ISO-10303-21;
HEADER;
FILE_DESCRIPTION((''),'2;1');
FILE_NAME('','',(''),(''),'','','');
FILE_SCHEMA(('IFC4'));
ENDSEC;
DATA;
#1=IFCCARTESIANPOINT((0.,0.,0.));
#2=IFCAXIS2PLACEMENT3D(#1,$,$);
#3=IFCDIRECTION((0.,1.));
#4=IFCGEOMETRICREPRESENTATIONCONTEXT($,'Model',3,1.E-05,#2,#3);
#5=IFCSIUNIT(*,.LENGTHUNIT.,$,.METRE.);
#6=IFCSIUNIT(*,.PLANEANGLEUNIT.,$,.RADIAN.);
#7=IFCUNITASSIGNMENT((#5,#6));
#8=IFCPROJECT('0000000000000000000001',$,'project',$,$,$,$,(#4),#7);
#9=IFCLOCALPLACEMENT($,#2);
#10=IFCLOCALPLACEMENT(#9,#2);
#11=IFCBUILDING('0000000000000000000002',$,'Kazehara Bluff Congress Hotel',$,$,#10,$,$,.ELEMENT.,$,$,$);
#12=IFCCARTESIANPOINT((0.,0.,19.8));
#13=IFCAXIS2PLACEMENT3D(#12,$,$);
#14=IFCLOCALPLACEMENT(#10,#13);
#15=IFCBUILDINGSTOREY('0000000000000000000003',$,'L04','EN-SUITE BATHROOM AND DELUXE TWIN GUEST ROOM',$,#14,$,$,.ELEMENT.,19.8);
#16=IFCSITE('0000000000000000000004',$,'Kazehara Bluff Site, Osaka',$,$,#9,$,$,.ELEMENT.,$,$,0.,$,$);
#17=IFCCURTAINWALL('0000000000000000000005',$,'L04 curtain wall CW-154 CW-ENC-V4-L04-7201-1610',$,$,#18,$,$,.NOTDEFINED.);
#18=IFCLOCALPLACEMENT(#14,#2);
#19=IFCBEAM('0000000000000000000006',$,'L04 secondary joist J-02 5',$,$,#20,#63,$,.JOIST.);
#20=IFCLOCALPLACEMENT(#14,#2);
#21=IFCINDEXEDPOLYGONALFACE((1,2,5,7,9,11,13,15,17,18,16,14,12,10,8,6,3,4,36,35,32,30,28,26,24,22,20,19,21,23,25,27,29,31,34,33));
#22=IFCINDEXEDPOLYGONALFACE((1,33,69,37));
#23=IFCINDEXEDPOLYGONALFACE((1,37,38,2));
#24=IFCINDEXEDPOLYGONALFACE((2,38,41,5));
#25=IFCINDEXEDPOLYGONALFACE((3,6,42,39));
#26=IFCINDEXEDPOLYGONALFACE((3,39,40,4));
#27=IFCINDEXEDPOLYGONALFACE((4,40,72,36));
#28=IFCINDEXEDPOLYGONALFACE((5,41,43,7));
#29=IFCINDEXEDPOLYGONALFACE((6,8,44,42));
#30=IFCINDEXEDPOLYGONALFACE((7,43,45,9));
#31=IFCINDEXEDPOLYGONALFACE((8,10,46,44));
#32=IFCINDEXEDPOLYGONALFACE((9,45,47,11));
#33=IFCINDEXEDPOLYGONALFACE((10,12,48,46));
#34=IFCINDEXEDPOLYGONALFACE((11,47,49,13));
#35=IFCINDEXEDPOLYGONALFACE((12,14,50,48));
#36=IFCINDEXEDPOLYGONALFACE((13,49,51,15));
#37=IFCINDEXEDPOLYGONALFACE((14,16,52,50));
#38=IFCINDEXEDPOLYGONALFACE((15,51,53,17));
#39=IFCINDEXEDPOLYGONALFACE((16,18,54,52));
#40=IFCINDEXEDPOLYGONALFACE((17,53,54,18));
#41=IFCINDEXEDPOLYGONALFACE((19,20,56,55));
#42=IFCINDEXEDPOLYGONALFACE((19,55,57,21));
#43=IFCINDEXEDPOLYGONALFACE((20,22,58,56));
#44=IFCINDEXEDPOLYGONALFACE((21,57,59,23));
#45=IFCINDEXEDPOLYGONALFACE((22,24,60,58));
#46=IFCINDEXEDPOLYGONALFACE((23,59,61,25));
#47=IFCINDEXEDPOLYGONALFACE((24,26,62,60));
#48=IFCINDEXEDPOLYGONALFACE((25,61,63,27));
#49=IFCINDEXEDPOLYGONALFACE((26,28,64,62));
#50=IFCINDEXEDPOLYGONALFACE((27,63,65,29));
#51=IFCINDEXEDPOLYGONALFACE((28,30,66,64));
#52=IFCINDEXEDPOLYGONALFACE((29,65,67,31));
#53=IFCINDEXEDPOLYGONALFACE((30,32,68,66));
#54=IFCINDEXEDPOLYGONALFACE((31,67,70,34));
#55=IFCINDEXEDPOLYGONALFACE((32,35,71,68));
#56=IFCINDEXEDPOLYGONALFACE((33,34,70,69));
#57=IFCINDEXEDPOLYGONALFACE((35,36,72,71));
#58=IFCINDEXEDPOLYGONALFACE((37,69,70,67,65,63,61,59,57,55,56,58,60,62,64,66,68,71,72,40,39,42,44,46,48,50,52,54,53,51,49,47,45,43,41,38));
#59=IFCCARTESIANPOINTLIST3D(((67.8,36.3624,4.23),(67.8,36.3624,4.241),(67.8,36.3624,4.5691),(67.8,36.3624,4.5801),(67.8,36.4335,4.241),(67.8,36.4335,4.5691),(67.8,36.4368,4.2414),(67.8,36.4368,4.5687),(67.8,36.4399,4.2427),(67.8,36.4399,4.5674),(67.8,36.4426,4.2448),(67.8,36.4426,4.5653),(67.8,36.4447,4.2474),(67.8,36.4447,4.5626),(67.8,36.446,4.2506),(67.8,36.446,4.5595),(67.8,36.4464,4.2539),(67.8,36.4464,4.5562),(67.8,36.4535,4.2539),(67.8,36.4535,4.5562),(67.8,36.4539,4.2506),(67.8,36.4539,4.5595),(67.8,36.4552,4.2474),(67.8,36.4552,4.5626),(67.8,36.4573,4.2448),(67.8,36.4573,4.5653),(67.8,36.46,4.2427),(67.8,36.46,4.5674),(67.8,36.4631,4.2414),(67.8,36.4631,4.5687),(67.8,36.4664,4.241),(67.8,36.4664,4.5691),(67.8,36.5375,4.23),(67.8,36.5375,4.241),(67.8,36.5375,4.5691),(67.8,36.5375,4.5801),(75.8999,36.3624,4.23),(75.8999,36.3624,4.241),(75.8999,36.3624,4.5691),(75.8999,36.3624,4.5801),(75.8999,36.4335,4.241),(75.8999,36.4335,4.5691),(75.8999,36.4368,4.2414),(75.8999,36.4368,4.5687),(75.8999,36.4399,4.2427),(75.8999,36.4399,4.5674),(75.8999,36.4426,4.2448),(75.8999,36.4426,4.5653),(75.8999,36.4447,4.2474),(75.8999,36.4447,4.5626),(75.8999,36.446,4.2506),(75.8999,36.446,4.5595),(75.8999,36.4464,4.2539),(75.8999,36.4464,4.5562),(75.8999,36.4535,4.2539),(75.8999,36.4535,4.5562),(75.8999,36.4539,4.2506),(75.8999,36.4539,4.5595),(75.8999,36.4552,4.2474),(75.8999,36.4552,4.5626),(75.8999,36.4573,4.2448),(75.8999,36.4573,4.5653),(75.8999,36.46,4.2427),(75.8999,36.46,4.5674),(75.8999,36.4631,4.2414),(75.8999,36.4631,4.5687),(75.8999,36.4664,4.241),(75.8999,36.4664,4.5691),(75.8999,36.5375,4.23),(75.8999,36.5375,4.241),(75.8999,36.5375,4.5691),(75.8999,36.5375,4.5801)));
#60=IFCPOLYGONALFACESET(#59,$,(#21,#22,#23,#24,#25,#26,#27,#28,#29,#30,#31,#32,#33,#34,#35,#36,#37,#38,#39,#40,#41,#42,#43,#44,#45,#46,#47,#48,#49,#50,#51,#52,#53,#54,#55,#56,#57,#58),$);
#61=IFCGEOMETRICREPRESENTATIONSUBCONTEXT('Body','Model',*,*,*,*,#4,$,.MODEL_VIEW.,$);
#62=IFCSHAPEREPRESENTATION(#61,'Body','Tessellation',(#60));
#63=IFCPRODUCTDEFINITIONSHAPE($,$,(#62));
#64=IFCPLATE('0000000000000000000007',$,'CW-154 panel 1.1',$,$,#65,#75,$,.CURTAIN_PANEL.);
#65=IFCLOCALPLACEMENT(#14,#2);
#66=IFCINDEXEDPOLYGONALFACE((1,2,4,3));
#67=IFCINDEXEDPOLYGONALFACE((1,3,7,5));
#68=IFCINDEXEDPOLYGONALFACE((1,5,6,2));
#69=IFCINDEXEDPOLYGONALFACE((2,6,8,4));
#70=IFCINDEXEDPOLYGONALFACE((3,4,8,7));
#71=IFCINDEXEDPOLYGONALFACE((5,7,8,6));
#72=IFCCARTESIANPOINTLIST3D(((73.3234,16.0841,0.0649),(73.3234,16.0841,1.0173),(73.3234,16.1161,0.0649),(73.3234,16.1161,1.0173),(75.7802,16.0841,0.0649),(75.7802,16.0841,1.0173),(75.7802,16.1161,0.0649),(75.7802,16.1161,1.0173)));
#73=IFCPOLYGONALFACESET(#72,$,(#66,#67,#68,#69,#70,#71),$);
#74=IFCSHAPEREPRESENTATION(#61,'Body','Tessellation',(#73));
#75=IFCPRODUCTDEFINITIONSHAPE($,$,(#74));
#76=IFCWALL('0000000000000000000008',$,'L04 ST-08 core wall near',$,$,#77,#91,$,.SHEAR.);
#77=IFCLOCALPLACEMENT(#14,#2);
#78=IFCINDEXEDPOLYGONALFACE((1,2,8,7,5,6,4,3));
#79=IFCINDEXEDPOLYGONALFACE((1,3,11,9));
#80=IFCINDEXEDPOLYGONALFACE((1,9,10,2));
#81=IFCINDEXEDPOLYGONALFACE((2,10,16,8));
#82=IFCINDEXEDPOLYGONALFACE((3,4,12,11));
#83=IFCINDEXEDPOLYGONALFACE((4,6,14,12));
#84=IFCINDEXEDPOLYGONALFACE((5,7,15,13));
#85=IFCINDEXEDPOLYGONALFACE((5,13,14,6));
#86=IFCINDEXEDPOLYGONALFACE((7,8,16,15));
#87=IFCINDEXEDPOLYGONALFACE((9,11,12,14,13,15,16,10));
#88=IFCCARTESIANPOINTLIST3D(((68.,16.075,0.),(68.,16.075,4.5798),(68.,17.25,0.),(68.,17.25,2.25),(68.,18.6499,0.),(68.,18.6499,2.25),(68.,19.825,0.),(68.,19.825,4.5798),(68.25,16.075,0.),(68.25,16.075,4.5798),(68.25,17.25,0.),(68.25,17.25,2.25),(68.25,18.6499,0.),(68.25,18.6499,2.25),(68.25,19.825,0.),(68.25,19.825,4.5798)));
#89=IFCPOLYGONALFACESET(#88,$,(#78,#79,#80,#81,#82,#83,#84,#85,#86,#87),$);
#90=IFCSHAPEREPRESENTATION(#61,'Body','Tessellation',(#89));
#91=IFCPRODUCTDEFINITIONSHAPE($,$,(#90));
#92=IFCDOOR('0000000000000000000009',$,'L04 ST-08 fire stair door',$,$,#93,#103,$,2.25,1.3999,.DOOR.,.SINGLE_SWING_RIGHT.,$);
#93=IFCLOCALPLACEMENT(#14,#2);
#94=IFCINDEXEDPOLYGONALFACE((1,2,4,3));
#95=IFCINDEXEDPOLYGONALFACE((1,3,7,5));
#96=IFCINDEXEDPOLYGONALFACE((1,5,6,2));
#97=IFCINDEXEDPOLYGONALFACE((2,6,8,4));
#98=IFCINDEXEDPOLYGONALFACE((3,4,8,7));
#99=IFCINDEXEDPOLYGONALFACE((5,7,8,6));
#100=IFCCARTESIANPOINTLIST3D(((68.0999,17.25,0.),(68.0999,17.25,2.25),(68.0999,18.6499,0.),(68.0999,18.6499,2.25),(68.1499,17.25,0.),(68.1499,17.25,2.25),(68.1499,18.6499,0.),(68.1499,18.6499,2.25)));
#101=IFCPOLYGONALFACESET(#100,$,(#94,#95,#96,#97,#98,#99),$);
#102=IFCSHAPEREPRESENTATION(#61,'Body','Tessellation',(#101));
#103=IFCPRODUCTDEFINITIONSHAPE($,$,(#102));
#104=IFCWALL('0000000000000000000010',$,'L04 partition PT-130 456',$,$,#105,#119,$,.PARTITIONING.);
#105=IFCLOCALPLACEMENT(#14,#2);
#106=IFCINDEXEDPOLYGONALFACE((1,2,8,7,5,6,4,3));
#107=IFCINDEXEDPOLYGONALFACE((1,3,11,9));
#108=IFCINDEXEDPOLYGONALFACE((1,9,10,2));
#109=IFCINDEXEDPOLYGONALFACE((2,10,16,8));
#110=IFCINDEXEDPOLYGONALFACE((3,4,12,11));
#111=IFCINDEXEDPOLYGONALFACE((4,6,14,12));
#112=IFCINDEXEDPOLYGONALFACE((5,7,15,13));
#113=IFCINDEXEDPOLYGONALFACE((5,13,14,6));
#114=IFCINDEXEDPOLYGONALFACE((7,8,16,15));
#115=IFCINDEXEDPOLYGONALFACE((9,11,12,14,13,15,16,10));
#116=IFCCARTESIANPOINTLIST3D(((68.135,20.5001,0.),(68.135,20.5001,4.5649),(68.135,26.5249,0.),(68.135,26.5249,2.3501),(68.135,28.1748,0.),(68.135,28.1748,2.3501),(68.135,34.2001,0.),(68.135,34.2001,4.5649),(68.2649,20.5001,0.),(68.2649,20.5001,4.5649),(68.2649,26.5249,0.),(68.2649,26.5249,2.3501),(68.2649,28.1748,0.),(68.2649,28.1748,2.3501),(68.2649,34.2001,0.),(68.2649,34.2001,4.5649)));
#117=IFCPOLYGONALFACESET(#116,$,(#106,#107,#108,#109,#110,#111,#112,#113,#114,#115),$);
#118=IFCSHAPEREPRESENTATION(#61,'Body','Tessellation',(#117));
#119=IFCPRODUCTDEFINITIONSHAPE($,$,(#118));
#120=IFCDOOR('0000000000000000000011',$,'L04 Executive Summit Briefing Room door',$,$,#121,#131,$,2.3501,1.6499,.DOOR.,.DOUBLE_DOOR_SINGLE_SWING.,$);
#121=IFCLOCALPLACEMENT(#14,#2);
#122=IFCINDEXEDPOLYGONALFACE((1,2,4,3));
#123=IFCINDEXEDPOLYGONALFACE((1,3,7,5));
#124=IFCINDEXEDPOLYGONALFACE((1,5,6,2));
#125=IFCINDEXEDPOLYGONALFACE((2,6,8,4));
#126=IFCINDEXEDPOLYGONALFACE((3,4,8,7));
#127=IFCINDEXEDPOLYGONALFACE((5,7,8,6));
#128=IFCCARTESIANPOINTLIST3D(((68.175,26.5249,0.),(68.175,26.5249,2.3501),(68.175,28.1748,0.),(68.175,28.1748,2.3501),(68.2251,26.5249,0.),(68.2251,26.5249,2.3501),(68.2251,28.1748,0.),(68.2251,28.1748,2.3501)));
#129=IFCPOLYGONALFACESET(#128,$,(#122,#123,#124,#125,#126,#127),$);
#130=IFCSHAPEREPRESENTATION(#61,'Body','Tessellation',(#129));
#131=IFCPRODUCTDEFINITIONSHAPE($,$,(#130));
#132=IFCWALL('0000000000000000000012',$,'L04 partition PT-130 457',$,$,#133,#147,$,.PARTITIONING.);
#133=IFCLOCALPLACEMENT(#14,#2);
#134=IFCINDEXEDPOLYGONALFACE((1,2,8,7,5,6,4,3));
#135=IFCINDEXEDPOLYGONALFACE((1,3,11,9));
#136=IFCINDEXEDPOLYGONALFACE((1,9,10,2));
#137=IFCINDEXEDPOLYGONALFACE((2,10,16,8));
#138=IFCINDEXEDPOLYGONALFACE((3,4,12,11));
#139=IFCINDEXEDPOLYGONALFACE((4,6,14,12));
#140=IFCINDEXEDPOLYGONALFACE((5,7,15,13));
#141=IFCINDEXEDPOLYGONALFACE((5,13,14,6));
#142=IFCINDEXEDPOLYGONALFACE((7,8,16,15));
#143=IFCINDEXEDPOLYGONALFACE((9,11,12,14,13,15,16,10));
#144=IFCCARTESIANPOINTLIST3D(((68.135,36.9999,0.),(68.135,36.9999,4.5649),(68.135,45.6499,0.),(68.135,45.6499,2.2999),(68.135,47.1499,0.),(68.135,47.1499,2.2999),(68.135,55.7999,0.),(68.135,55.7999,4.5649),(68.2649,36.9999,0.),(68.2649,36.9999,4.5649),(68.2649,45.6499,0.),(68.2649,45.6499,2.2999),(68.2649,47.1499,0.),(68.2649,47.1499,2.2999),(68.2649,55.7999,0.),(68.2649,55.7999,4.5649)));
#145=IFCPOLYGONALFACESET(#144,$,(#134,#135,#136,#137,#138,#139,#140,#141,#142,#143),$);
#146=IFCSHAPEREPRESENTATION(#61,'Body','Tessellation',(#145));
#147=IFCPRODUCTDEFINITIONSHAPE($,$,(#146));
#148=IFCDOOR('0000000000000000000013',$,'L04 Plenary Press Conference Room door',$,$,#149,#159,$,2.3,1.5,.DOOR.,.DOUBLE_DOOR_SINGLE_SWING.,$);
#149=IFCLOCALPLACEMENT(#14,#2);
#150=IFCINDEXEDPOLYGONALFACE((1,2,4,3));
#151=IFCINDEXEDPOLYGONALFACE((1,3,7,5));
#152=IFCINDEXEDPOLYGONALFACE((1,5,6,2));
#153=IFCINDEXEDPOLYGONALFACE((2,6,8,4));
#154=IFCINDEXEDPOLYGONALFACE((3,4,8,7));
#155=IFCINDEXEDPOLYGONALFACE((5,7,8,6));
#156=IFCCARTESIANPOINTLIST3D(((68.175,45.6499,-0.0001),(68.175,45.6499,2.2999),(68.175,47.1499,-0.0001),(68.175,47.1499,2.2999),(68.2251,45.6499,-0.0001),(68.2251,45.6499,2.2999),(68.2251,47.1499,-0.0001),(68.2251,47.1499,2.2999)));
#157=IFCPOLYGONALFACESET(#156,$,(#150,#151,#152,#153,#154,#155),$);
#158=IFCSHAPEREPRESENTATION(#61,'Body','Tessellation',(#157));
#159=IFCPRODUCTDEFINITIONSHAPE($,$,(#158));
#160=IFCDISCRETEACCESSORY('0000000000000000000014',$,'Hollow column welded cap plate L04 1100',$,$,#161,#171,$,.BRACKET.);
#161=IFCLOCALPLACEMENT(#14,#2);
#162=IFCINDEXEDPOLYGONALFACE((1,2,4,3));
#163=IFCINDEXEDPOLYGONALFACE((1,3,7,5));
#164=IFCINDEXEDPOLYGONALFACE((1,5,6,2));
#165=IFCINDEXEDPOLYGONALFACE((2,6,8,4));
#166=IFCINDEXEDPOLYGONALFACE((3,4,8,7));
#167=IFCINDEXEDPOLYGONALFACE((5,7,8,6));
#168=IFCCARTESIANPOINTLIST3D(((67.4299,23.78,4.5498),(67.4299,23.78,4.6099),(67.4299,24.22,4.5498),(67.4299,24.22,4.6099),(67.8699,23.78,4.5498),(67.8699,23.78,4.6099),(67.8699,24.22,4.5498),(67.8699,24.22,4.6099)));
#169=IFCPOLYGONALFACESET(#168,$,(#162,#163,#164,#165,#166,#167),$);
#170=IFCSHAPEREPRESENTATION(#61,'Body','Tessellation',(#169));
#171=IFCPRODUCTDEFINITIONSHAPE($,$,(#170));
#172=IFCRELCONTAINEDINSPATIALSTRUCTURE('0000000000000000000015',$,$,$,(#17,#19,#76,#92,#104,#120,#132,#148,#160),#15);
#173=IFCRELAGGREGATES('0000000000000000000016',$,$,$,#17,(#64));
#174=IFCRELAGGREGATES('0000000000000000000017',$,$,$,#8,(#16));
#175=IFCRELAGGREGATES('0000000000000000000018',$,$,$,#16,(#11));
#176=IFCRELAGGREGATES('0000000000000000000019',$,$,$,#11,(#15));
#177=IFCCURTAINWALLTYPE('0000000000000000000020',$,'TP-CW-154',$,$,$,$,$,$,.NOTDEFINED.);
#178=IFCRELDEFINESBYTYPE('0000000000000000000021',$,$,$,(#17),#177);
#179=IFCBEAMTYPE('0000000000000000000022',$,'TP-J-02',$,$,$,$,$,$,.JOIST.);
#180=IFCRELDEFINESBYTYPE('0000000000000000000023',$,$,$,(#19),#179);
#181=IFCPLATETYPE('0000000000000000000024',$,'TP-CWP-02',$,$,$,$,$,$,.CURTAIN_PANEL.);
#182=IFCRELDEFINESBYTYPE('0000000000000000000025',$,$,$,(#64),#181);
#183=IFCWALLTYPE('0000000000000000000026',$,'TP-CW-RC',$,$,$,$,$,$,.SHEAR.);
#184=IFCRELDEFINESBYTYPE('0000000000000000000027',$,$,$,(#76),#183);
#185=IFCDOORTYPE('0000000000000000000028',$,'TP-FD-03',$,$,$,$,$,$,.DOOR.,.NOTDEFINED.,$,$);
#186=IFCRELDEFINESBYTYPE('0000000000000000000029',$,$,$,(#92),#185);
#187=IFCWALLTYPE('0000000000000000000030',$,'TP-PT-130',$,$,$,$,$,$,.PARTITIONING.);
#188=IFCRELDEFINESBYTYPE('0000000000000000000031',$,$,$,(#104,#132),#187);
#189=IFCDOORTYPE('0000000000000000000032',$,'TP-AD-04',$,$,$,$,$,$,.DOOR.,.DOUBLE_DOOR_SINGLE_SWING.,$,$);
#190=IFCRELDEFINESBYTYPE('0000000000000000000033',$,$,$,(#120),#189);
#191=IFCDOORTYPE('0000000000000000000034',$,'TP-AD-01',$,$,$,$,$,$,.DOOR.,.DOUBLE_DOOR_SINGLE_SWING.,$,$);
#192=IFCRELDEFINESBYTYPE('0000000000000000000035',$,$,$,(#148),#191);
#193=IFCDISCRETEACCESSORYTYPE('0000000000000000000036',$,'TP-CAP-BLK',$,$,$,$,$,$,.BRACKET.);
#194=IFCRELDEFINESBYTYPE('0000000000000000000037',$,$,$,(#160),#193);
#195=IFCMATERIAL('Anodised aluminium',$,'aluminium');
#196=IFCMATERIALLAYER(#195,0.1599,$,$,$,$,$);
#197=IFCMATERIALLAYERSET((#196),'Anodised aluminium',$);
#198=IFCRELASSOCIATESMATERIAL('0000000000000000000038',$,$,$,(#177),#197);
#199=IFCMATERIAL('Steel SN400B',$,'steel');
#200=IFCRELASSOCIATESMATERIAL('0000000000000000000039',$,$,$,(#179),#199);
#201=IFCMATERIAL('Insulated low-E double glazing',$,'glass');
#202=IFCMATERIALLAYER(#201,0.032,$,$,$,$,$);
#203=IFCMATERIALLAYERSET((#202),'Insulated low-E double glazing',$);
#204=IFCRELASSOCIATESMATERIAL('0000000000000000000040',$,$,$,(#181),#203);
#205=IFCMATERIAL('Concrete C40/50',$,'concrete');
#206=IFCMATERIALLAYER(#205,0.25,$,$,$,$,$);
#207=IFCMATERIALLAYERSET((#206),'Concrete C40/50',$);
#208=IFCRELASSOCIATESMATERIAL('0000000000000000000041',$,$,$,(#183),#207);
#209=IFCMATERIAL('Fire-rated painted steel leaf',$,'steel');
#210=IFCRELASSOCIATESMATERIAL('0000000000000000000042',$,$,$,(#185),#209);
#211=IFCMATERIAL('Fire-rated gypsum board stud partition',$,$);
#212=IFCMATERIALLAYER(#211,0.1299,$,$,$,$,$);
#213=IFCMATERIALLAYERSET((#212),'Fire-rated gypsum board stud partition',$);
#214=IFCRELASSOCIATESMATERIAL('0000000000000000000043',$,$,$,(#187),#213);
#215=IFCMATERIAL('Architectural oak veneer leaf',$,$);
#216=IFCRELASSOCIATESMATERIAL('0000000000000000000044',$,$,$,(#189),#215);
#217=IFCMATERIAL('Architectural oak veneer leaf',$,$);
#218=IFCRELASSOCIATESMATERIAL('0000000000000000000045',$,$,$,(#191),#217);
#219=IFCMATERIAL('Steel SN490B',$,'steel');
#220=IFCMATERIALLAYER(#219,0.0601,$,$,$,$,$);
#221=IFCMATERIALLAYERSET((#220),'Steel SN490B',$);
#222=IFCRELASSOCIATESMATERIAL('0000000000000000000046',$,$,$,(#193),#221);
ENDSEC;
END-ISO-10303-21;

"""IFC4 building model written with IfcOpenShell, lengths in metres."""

from ifc_helpers import new_model, si_unit, direction, frame, frame_2d, origin, origin_2d, place, context, subcontext, project, spatial, rectangle, i_section, extrude, material, layer, layer_set, material_profile, profile_set, type_object, element, fill, aggregate, save


model = new_model("IFC4")

# Units and contexts
model_context = context("Model", 3, precision=1e-05, world=origin(), true_north=direction((0.0, 1.0)))
body_context = subcontext(model_context, "Body", "Model", "MODEL_VIEW")
ifc_project = project(units=[si_unit("LENGTHUNIT", "METRE"), si_unit("PLANEANGLEUNIT", "RADIAN")], contexts=[model_context])

# Site, building, storey
site_placement = place(None, origin())
site = spatial("IfcSite", under=ifc_project, at=site_placement, Name="Kazehara Bluff Site, Osaka", CompositionType="ELEMENT", RefElevation=0.0)
building_placement = place(site_placement, origin())
building = spatial("IfcBuilding", under=site, at=building_placement, Name="Kazehara Bluff Congress Hotel", CompositionType="ELEMENT")
storey_placement = place(building_placement, frame((0.0, 0.0, 19.8)))
storey = spatial("IfcBuildingStorey", under=building, at=storey_placement, Name="L04", Description="EN-SUITE BATHROOM AND DELUXE TWIN GUEST ROOM", CompositionType="ELEMENT", Elevation=19.8)

# Curtain wall
ifc_material_1 = material(Name="Anodised aluminium", Category="aluminium")
ifc_layer_1 = layer(ifc_material_1, 0.1599)
ifc_layer_set_1 = layer_set([ifc_layer_1], Name="Anodised aluminium")
curtain_wall_type = type_object("IfcCurtainWallType", Name="TP-CW-154", PredefinedType="NOTDEFINED", material=ifc_layer_set_1)
curtain_wall_placement = place(storey_placement, origin())
curtain_wall = element("IfcCurtainWall", 1, at=curtain_wall_placement, inside=storey, type_object=curtain_wall_type, Name="L04 curtain wall CW-154 CW-ENC-V4-L04-7201-1610", PredefinedType="NOTDEFINED")

# Beam
ifc_material_2 = material(Name="Steel SN400B", Category="steel")
ifc_material_profile_1 = material_profile(ifc_material_2, i_section(OverallWidth=0.175, OverallDepth=0.3501, WebThickness=0.0071, FlangeThickness=0.011, FilletRadius=0.0129, at=origin_2d()))
ifc_profile_set_1 = profile_set([ifc_material_profile_1], Name="Steel SN400B")
beam_type_1 = type_object("IfcBeamType", Name="TP-J-02", PredefinedType="JOIST", material=ifc_profile_set_1)
for number, where, z_axis, x_axis, name in (
    (2, (67.8, 36.45, 4.405), (1.0, 0.0, 0.0), (0.0, 1.0, 0.0), "L04 secondary joist J-02 5"),
):
    element("IfcBeam", number, at=place(storey_placement, frame(where, z_axis=z_axis, x_axis=x_axis)), inside=storey, type_object=beam_type_1, Name=name, PredefinedType="JOIST", context=body_context, shape_type="SweptSolid", body=[
        extrude(i_section(OverallWidth=0.175, OverallDepth=0.3501, WebThickness=0.0071, FlangeThickness=0.011, FilletRadius=0.0129, at=origin_2d()), origin(), (0.0, 0.0, 1.0), 8.0999),
    ])

# Plate
ifc_material_3 = material(Name="Insulated low-E double glazing", Category="glass")
ifc_layer_2 = layer(ifc_material_3, 0.032)
ifc_layer_set_2 = layer_set([ifc_layer_2], Name="Insulated low-E double glazing")
plate_type = type_object("IfcPlateType", Name="TP-CWP-02", PredefinedType="CURTAIN_PANEL", material=ifc_layer_set_2)
plate_placement = place(storey_placement, frame((74.5518, 16.1001, 0.0649), z_axis=(0.0, 0.0, 1.0), x_axis=(-1.0, 0.0, 0.0)))
plate = element("IfcPlate", 3, at=plate_placement, type_object=plate_type, Name="CW-154 panel 1.1", PredefinedType="CURTAIN_PANEL", context=body_context, shape_type="SweptSolid", body=[
    extrude(rectangle(XDim=2.4568, YDim=0.032, at=origin_2d()), origin(), (0.0, 0.0, 1.0), 0.9524),
])
aggregate(curtain_wall, [plate])

# Walls, openings, doors
ifc_material_4 = material(Name="Concrete C40/50", Category="concrete")
ifc_layer_3 = layer(ifc_material_4, 0.25)
ifc_layer_set_3 = layer_set([ifc_layer_3], Name="Concrete C40/50")
wall_type_1 = type_object("IfcWallType", Name="TP-CW-RC", PredefinedType="SHEAR", material=ifc_layer_set_3)
wall_1_placement = place(storey_placement, frame((68.125, 19.825, 0.0), z_axis=(0.0, 0.0, 1.0), x_axis=(0.0, -1.0, 0.0)))
wall_1 = element("IfcWall", 4, at=wall_1_placement, inside=storey, type_object=wall_type_1, Name="L04 ST-08 core wall near", PredefinedType="SHEAR", context=body_context, shape_type="SweptSolid", body=[
    extrude(rectangle(XDim=3.75, YDim=0.25, at=frame_2d((1.875, 0.0))), origin(), (0.0, 0.0, 1.0), 4.5798),
])
opening_1_placement = place(wall_1_placement, frame((1.175, 0.0, 0.0)))
opening_1 = element("IfcOpeningElement", 5, at=opening_1_placement, cuts=wall_1, PredefinedType="OPENING", context=body_context, shape_type="SweptSolid", body=[
    extrude(rectangle(XDim=1.3999, YDim=2.25, at=frame_2d((0.7, 1.125))), frame((0.0, 0.135, 0.0), z_axis=(0.0, -1.0, 0.0), x_axis=(1.0, 0.0, 0.0)), (0.0, 0.0, 1.0), 0.27),
])
ifc_material_5 = material(Name="Fire-rated painted steel leaf", Category="steel")
door_type_1 = type_object("IfcDoorType", Name="TP-FD-03", OperationType="NOTDEFINED", PredefinedType="DOOR", material=ifc_material_5)
door_1_placement = place(opening_1_placement, origin())
door_1 = element("IfcDoor", 6, at=door_1_placement, inside=storey, type_object=door_type_1, Name="L04 ST-08 fire stair door", OperationType="SINGLE_SWING_RIGHT", OverallHeight=2.25, OverallWidth=1.3999, PredefinedType="DOOR", context=body_context, shape_type="SweptSolid", body=[
    extrude(rectangle(XDim=1.3999, YDim=2.25, at=frame_2d((0.7, 1.125))), frame((0.0, 0.0249, 0.0), z_axis=(0.0, -1.0, 0.0), x_axis=(1.0, 0.0, 0.0)), (0.0, 0.0, 1.0), 0.05),
])
fill(opening_1, door_1)
ifc_material_6 = material(Name="Fire-rated gypsum board stud partition")
ifc_layer_4 = layer(ifc_material_6, 0.1299)
ifc_layer_set_4 = layer_set([ifc_layer_4], Name="Fire-rated gypsum board stud partition")
wall_type_2 = type_object("IfcWallType", Name="TP-PT-130", PredefinedType="PARTITIONING", material=ifc_layer_set_4)
wall_2_placement = place(storey_placement, frame((68.2, 20.5, 0.0), z_axis=(0.0, 0.0, 1.0), x_axis=(0.0, 1.0, 0.0)))
wall_2 = element("IfcWall", 7, at=wall_2_placement, inside=storey, type_object=wall_type_2, Name="L04 partition PT-130 456", PredefinedType="PARTITIONING", context=body_context, shape_type="SweptSolid", body=[
    extrude(rectangle(XDim=13.7, YDim=0.1299, at=frame_2d((6.8501, 0.0))), origin(), (0.0, 0.0, 1.0), 4.5649),
])
opening_2_placement = place(wall_2_placement, frame((6.0249, 0.0, 0.0)))
opening_2 = element("IfcOpeningElement", 8, at=opening_2_placement, cuts=wall_2, PredefinedType="OPENING", context=body_context, shape_type="SweptSolid", body=[
    extrude(rectangle(XDim=1.6499, YDim=2.3501, at=frame_2d((0.825, 1.175))), frame((0.0, 0.075, 0.0), z_axis=(0.0, -1.0, 0.0), x_axis=(1.0, 0.0, 0.0)), (0.0, 0.0, 1.0), 0.1499),
])
ifc_material_7 = material(Name="Architectural oak veneer leaf")
door_type_2 = type_object("IfcDoorType", Name="TP-AD-04", OperationType="DOUBLE_DOOR_SINGLE_SWING", PredefinedType="DOOR", material=ifc_material_7)
door_2_placement = place(opening_2_placement, origin())
door_2 = element("IfcDoor", 9, at=door_2_placement, inside=storey, type_object=door_type_2, Name="L04 Executive Summit Briefing Room door", OperationType="DOUBLE_DOOR_SINGLE_SWING", OverallHeight=2.3501, OverallWidth=1.6499, PredefinedType="DOOR", context=body_context, shape_type="SweptSolid", body=[
    extrude(rectangle(XDim=1.6499, YDim=2.3501, at=frame_2d((0.825, 1.175))), frame((0.0, 0.0249, 0.0), z_axis=(0.0, -1.0, 0.0), x_axis=(1.0, 0.0, 0.0)), (0.0, 0.0, 1.0), 0.05),
])
fill(opening_2, door_2)
wall_3_placement = place(storey_placement, frame((68.2, 37.0, 0.0), z_axis=(0.0, 0.0, 1.0), x_axis=(0.0, 1.0, 0.0)))
wall_3 = element("IfcWall", 10, at=wall_3_placement, inside=storey, type_object=wall_type_2, Name="L04 partition PT-130 457", PredefinedType="PARTITIONING", context=body_context, shape_type="SweptSolid", body=[
    extrude(rectangle(XDim=18.8, YDim=0.1299, at=frame_2d((9.3999, 0.0))), origin(), (0.0, 0.0, 1.0), 4.5649),
])
opening_3_placement = place(wall_3_placement, frame((8.6499, 0.0, 0.0)))
opening_3 = element("IfcOpeningElement", 11, at=opening_3_placement, cuts=wall_3, PredefinedType="OPENING", context=body_context, shape_type="SweptSolid", body=[
    extrude(rectangle(XDim=1.5, YDim=2.3, at=frame_2d((0.75, 1.1499))), frame((0.0, 0.075, 0.0), z_axis=(0.0, -1.0, 0.0), x_axis=(1.0, 0.0, 0.0)), (0.0, 0.0, 1.0), 0.1499),
])
ifc_material_8 = material(Name="Architectural oak veneer leaf")
door_type_3 = type_object("IfcDoorType", Name="TP-AD-01", OperationType="DOUBLE_DOOR_SINGLE_SWING", PredefinedType="DOOR", material=ifc_material_8)
door_3_placement = place(opening_3_placement, origin())
door_3 = element("IfcDoor", 12, at=door_3_placement, inside=storey, type_object=door_type_3, Name="L04 Plenary Press Conference Room door", OperationType="DOUBLE_DOOR_SINGLE_SWING", OverallHeight=2.3, OverallWidth=1.5, PredefinedType="DOOR", context=body_context, shape_type="SweptSolid", body=[
    extrude(rectangle(XDim=1.5, YDim=2.3, at=frame_2d((0.75, 1.1499))), frame((0.0, 0.0249, 0.0), z_axis=(0.0, -1.0, 0.0), x_axis=(1.0, 0.0, 0.0)), (0.0, 0.0, 1.0), 0.05),
])
fill(opening_3, door_3)

# Discrete accessory
ifc_material_9 = material(Name="Steel SN490B", Category="steel")
ifc_layer_5 = layer(ifc_material_9, 0.0601)
ifc_layer_set_5 = layer_set([ifc_layer_5], Name="Steel SN490B")
discrete_accessory_type = type_object("IfcDiscreteAccessoryType", Name="TP-CAP-BLK", PredefinedType="BRACKET", material=ifc_layer_set_5)
for number, where, z_axis, x_axis, name in (
    (13, (67.6499, 24.0, 4.5498), (0.0, 0.0, 1.0), (1.0, 0.0, 0.0), "Hollow column welded cap plate L04 1100"),
):
    element("IfcDiscreteAccessory", number, at=place(storey_placement, frame(where, z_axis=z_axis, x_axis=x_axis)), inside=storey, type_object=discrete_accessory_type, Name=name, PredefinedType="BRACKET", context=body_context, shape_type="SweptSolid", body=[
        extrude(rectangle(XDim=0.4399, YDim=0.4399, at=origin_2d()), origin(), (0.0, 0.0, 1.0), 0.0601),
    ])

save(model, "model.ifc")
